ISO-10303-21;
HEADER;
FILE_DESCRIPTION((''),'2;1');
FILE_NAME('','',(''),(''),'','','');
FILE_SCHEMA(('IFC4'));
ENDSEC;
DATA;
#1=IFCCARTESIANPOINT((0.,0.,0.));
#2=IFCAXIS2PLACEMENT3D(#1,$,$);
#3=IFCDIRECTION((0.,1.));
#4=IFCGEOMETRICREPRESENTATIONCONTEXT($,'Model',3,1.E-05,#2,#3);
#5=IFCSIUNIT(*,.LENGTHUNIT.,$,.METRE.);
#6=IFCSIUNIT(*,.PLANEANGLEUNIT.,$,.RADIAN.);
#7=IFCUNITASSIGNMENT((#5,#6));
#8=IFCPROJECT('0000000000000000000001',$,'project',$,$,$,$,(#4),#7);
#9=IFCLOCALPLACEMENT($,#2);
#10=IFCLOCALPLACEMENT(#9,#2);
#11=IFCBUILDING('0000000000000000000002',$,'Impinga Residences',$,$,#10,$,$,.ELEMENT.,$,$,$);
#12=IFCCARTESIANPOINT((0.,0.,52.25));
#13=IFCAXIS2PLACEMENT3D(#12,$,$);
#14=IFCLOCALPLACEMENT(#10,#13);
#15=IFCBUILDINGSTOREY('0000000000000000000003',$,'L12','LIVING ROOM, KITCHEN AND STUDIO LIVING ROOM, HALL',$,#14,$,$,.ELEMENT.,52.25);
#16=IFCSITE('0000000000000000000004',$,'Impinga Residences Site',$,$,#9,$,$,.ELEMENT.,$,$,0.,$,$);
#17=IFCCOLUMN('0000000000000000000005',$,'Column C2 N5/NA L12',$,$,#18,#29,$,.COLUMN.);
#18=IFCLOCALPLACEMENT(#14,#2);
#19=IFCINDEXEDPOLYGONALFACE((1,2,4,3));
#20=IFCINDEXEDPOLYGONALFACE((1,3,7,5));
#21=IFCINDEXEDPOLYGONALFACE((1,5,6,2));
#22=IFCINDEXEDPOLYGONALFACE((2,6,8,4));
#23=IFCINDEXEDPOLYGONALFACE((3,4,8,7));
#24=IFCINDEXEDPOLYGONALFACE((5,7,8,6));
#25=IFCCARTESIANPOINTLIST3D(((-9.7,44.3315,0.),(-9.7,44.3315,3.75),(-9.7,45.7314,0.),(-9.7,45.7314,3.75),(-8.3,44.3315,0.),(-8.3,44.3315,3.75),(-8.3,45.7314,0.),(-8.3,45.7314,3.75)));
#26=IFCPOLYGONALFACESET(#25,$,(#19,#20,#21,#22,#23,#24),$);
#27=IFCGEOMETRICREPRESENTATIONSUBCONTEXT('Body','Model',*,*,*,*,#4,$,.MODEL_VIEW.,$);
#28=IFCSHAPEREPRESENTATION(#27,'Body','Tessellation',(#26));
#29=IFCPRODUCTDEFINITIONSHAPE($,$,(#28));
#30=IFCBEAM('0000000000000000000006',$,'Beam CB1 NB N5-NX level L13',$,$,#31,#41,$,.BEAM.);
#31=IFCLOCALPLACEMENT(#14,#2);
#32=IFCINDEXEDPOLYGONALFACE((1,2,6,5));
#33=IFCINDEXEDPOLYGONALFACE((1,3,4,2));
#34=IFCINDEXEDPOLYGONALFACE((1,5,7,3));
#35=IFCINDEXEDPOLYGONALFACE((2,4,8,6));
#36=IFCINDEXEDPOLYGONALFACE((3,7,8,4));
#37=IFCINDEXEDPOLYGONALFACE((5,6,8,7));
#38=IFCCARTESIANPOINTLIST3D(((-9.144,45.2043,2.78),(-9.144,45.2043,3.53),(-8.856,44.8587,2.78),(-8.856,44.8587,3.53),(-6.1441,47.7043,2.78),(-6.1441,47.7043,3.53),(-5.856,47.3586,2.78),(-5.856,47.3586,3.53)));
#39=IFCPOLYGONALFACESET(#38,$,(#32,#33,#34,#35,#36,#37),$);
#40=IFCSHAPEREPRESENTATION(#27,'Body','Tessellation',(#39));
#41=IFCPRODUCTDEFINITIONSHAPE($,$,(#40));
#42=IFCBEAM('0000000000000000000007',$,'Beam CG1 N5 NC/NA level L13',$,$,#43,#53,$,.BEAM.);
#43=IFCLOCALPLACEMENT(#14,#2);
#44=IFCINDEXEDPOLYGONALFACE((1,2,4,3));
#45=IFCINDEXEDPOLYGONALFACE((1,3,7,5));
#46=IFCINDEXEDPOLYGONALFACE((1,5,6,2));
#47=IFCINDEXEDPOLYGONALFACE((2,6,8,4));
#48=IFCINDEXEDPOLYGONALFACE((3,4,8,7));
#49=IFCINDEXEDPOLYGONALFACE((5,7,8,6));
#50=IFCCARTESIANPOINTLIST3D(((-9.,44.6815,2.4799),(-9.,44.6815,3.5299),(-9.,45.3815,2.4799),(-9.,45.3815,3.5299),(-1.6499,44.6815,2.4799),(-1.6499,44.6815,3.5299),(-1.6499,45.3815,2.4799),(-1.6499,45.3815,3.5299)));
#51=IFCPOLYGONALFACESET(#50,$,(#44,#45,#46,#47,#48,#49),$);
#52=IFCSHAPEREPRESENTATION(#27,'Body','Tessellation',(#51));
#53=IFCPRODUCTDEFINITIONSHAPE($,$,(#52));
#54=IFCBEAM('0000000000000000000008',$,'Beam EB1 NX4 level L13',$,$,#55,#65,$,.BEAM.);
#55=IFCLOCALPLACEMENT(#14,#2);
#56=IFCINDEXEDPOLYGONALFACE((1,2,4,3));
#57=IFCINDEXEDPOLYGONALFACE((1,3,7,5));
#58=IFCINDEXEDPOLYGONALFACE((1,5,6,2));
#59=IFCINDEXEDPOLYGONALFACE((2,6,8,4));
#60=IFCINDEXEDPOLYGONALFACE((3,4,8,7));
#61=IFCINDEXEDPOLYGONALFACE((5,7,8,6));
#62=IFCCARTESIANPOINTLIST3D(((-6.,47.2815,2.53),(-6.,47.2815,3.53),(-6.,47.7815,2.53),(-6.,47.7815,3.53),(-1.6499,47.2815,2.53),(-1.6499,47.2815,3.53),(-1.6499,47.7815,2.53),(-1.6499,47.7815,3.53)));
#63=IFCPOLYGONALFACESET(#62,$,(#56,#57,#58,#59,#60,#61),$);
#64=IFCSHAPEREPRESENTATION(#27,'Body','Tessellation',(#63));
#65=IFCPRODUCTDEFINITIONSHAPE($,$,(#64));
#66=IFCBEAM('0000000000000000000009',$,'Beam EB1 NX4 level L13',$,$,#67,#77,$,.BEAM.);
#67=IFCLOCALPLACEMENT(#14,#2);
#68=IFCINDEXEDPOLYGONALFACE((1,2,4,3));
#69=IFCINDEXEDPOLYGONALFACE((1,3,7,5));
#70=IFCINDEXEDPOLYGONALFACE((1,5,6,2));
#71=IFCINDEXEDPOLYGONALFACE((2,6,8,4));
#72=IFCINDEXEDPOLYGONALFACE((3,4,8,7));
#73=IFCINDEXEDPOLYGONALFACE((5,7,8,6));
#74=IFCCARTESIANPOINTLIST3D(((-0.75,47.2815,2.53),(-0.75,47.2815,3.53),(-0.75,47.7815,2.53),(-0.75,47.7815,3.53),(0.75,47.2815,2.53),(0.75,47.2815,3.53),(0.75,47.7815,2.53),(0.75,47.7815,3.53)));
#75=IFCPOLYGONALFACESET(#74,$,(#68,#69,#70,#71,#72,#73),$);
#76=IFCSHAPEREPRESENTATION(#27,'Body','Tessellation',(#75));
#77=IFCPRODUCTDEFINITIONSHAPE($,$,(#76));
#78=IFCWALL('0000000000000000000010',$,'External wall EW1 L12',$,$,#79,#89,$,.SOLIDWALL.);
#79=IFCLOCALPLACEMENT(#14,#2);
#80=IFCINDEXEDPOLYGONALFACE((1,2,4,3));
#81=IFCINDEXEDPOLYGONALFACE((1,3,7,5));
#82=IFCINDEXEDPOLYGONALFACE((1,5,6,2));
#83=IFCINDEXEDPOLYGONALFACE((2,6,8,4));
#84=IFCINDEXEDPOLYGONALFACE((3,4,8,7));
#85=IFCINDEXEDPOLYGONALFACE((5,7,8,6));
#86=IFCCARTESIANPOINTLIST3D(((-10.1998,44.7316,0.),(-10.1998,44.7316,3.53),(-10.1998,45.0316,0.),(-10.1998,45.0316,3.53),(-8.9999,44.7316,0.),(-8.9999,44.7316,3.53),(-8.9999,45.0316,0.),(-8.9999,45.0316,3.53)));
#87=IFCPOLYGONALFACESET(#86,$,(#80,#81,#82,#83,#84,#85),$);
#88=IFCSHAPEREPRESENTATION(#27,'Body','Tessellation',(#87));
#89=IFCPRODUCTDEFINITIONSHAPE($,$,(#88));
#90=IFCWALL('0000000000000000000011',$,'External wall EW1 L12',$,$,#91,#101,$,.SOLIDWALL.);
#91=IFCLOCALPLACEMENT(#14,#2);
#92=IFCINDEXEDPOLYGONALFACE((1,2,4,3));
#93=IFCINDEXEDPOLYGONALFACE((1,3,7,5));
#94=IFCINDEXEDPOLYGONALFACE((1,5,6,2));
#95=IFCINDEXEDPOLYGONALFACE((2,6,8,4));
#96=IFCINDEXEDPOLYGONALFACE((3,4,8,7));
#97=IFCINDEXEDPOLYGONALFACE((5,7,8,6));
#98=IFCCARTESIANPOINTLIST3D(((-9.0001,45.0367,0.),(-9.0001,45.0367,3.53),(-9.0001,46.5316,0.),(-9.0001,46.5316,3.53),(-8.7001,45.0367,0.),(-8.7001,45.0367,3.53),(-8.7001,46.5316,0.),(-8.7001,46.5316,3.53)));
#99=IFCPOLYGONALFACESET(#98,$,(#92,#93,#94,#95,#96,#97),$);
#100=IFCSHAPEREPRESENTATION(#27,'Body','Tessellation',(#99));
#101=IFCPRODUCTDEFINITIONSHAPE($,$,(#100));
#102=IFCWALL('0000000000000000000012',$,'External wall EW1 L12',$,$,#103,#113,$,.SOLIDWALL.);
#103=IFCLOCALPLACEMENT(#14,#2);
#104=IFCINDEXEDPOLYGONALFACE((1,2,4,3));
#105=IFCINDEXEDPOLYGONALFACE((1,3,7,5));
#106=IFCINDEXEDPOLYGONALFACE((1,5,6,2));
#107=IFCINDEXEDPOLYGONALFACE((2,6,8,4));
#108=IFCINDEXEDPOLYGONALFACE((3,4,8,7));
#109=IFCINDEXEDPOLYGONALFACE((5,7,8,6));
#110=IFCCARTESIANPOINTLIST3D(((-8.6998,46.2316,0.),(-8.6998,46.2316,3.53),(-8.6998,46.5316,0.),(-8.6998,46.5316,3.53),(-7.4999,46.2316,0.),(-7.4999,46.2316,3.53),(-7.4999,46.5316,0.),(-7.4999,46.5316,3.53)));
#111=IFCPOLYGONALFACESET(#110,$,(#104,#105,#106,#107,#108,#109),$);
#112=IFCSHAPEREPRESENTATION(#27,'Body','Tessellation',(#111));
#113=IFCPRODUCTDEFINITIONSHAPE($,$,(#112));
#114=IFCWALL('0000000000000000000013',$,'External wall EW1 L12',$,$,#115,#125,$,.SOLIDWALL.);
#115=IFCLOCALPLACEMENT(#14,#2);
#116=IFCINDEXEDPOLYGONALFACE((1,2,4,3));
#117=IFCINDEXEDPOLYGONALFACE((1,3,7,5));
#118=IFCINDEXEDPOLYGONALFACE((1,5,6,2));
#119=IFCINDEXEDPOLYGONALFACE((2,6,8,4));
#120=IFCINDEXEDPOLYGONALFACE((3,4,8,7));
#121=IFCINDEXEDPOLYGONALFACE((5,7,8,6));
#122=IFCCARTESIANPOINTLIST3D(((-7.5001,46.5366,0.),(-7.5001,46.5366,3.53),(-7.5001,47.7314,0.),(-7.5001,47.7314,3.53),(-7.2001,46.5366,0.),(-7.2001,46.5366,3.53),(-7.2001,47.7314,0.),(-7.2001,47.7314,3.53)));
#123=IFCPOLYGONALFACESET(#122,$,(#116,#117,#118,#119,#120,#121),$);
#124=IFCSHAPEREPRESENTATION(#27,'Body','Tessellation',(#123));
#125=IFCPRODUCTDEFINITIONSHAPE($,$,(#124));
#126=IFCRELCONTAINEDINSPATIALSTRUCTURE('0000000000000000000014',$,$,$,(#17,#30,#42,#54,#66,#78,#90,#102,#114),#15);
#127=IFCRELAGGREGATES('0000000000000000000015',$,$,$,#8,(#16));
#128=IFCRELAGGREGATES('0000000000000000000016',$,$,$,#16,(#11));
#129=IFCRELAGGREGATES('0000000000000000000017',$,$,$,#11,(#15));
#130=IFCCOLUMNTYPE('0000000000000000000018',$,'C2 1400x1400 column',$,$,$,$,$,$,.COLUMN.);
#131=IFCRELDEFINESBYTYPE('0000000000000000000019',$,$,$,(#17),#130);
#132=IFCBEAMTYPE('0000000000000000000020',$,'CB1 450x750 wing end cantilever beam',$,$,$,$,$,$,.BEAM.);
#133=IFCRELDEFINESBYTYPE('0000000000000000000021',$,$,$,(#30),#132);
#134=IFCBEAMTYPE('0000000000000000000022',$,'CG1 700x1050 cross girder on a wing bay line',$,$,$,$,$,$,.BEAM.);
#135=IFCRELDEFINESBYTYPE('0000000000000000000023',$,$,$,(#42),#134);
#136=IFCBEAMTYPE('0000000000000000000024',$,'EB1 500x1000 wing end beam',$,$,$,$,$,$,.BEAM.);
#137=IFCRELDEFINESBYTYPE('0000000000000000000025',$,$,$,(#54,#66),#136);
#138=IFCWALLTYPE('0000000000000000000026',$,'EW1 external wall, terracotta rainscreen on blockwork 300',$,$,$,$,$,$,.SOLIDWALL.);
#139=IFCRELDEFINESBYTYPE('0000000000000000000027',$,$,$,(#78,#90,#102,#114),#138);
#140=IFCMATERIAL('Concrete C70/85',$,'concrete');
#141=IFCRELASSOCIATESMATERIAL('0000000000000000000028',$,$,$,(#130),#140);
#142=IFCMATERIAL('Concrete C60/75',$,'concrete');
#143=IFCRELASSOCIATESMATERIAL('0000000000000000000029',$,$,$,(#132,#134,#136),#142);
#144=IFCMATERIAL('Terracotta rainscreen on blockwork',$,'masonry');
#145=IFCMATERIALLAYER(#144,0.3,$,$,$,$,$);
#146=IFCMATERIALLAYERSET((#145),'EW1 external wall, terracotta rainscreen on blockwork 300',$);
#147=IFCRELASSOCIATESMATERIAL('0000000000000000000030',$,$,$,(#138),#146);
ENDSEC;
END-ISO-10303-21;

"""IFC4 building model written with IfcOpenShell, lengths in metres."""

from ifc_helpers import new_model, si_unit, direction, frame, frame_2d, origin, origin_2d, place, context, subcontext, project, spatial, rectangle, extrude, material, layer, layer_set, material_profile, profile_set, type_object, element, save


model = new_model("IFC4")

# Units and contexts
model_context = context("Model", 3, precision=1e-05, world=origin(), true_north=direction((0.0, 1.0)))
body_context = subcontext(model_context, "Body", "Model", "MODEL_VIEW")
ifc_project = project(units=[si_unit("LENGTHUNIT", "METRE"), si_unit("PLANEANGLEUNIT", "RADIAN")], contexts=[model_context])

# Site, building, storey
site_placement = place(None, origin())
site = spatial("IfcSite", under=ifc_project, at=site_placement, Name="Impinga Residences Site", CompositionType="ELEMENT", RefElevation=0.0)
building_placement = place(site_placement, origin())
building = spatial("IfcBuilding", under=site, at=building_placement, Name="Impinga Residences", CompositionType="ELEMENT")
storey_placement = place(building_placement, frame((0.0, 0.0, 52.25)))
storey = spatial("IfcBuildingStorey", under=building, at=storey_placement, Name="L12", Description="LIVING ROOM, KITCHEN AND STUDIO LIVING ROOM, HALL", CompositionType="ELEMENT", Elevation=52.25)

# Column
ifc_material_1 = material(Name="Concrete C70/85", Category="concrete")
ifc_material_profile_1 = material_profile(ifc_material_1, rectangle(XDim=1.3999, YDim=1.3999, at=origin_2d()), Name="RC 1400x1400")
ifc_profile_set_1 = profile_set([ifc_material_profile_1], Name="Concrete C70/85")
column_type = type_object("IfcColumnType", Name="C2 1400x1400 column", PredefinedType="COLUMN", material=ifc_profile_set_1)
column_placement = place(storey_placement, frame((-9.0, 45.0315, 0.0), z_axis=(0.0, 0.0, 1.0), x_axis=(1.0, 0.0, 0.0)))
element("IfcColumn", 1, at=column_placement, inside=storey, type_object=column_type, Name="Column C2 N5/NA L12", PredefinedType="COLUMN", context=body_context, shape_type="SweptSolid", body=[
    extrude(rectangle(XDim=1.3999, YDim=1.3999, at=origin_2d()), origin(), (0.0, 0.0, 1.0), 3.75),
])

# Beams
ifc_material_2 = material(Name="Concrete C60/75", Category="concrete")
ifc_material_profile_2 = material_profile(ifc_material_2, rectangle(XDim=0.45, YDim=0.75, at=origin_2d()), Name="RC 450x750")
ifc_profile_set_2 = profile_set([ifc_material_profile_2], Name="Concrete C60/75")
beam_type_1 = type_object("IfcBeamType", Name="CB1 450x750 wing end cantilever beam", PredefinedType="BEAM", material=ifc_profile_set_2)
beam_1_placement = place(storey_placement, frame((-9.0, 45.0315, 3.155), z_axis=(0.768221, 0.640184, 0.0), x_axis=(-0.640184, 0.768221, 0.0)))
element("IfcBeam", 2, at=beam_1_placement, inside=storey, type_object=beam_type_1, Name="Beam CB1 NB N5-NX level L13", PredefinedType="BEAM", context=body_context, shape_type="SweptSolid", body=[
    extrude(rectangle(XDim=0.45, YDim=0.75, at=origin_2d()), origin(), (0.0, 0.0, 1.0), 3.905),
])
ifc_material_profile_3 = material_profile(ifc_material_2, rectangle(XDim=0.7, YDim=1.05, at=origin_2d()), Name="RC 700x1050")
ifc_profile_set_3 = profile_set([ifc_material_profile_3], Name="Concrete C60/75")
beam_type_2 = type_object("IfcBeamType", Name="CG1 700x1050 cross girder on a wing bay line", PredefinedType="BEAM", material=ifc_profile_set_3)
beam_2_placement = place(storey_placement, frame((-1.6499, 45.0315, 3.0049), z_axis=(-1.0, 0.0, 0.0), x_axis=(0.0, -1.0, 0.0)))
element("IfcBeam", 3, at=beam_2_placement, inside=storey, type_object=beam_type_2, Name="Beam CG1 N5 NC/NA level L13", PredefinedType="BEAM", context=body_context, shape_type="SweptSolid", body=[
    extrude(rectangle(XDim=0.7, YDim=1.05, at=origin_2d()), origin(), (0.0, 0.0, 1.0), 7.3501),
])
ifc_material_profile_4 = material_profile(ifc_material_2, rectangle(XDim=0.5, YDim=1.0, at=origin_2d()), Name="RC 500x1000")
ifc_profile_set_4 = profile_set([ifc_material_profile_4], Name="Concrete C60/75")
beam_type_3 = type_object("IfcBeamType", Name="EB1 500x1000 wing end beam", PredefinedType="BEAM", material=ifc_profile_set_4)
beam_3_placement = place(storey_placement, frame((-6.0, 47.5315, 3.03), z_axis=(1.0, 0.0, 0.0), x_axis=(0.0, 1.0, 0.0)))
element("IfcBeam", 4, at=beam_3_placement, inside=storey, type_object=beam_type_3, Name="Beam EB1 NX4 level L13", PredefinedType="BEAM", context=body_context, shape_type="SweptSolid", body=[
    extrude(rectangle(XDim=0.5, YDim=1.0, at=origin_2d()), origin(), (0.0, 0.0, 1.0), 4.3501),
])
beam_4_placement = place(storey_placement, frame((-0.75, 47.5315, 3.03), z_axis=(1.0, 0.0, 0.0), x_axis=(0.0, 1.0, 0.0)))
element("IfcBeam", 5, at=beam_4_placement, inside=storey, type_object=beam_type_3, Name="Beam EB1 NX4 level L13", PredefinedType="BEAM", context=body_context, shape_type="SweptSolid", body=[
    extrude(rectangle(XDim=0.5, YDim=1.0, at=origin_2d()), origin(), (0.0, 0.0, 1.0), 1.5),
])

# Walls
ifc_material_3 = material(Name="Terracotta rainscreen on blockwork", Category="masonry")
ifc_layer_1 = layer(ifc_material_3, 0.3)
ifc_layer_set_1 = layer_set([ifc_layer_1], Name="EW1 external wall, terracotta rainscreen on blockwork 300")
wall_type_1 = type_object("IfcWallType", Name="EW1 external wall, terracotta rainscreen on blockwork 300", PredefinedType="SOLIDWALL", material=ifc_layer_set_1)
wall_1_placement = place(storey_placement, frame((-10.2, 44.8816, 0.0), z_axis=(0.0, 0.0, 1.0), x_axis=(1.0, 0.0, 0.0)))
element("IfcWall", 6, at=wall_1_placement, inside=storey, type_object=wall_type_1, Name="External wall EW1 L12", PredefinedType="SOLIDWALL", context=body_context, shape_type="SweptSolid", body=[
    extrude(rectangle(XDim=1.2, YDim=0.3, at=frame_2d((0.6001, 0.0))), origin(), (0.0, 0.0, 1.0), 3.53),
])
wall_2_placement = place(storey_placement, frame((-8.8501, 45.0366, 0.0), z_axis=(0.0, 0.0, 1.0), x_axis=(0.0, 1.0, 0.0)))
element("IfcWall", 7, at=wall_2_placement, inside=storey, type_object=wall_type_1, Name="External wall EW1 L12", PredefinedType="SOLIDWALL", context=body_context, shape_type="SweptSolid", body=[
    extrude(rectangle(XDim=1.4949, YDim=0.3, at=frame_2d((0.7476, 0.0))), origin(), (0.0, 0.0, 1.0), 3.53),
])
wall_3_placement = place(storey_placement, frame((-8.7, 46.3816, 0.0), z_axis=(0.0, 0.0, 1.0), x_axis=(1.0, 0.0, 0.0)))
element("IfcWall", 8, at=wall_3_placement, inside=storey, type_object=wall_type_1, Name="External wall EW1 L12", PredefinedType="SOLIDWALL", context=body_context, shape_type="SweptSolid", body=[
    extrude(rectangle(XDim=1.2, YDim=0.3, at=frame_2d((0.6001, 0.0))), origin(), (0.0, 0.0, 1.0), 3.53),
])
wall_4_placement = place(storey_placement, frame((-7.3501, 46.5366, 0.0), z_axis=(0.0, 0.0, 1.0), x_axis=(0.0, 1.0, 0.0)))
element("IfcWall", 9, at=wall_4_placement, inside=storey, type_object=wall_type_1, Name="External wall EW1 L12", PredefinedType="SOLIDWALL", context=body_context, shape_type="SweptSolid", body=[
    extrude(rectangle(XDim=1.1948, YDim=0.3, at=frame_2d((0.5974, 0.0))), origin(), (0.0, 0.0, 1.0), 3.53),
])

save(model, "model.ifc")
